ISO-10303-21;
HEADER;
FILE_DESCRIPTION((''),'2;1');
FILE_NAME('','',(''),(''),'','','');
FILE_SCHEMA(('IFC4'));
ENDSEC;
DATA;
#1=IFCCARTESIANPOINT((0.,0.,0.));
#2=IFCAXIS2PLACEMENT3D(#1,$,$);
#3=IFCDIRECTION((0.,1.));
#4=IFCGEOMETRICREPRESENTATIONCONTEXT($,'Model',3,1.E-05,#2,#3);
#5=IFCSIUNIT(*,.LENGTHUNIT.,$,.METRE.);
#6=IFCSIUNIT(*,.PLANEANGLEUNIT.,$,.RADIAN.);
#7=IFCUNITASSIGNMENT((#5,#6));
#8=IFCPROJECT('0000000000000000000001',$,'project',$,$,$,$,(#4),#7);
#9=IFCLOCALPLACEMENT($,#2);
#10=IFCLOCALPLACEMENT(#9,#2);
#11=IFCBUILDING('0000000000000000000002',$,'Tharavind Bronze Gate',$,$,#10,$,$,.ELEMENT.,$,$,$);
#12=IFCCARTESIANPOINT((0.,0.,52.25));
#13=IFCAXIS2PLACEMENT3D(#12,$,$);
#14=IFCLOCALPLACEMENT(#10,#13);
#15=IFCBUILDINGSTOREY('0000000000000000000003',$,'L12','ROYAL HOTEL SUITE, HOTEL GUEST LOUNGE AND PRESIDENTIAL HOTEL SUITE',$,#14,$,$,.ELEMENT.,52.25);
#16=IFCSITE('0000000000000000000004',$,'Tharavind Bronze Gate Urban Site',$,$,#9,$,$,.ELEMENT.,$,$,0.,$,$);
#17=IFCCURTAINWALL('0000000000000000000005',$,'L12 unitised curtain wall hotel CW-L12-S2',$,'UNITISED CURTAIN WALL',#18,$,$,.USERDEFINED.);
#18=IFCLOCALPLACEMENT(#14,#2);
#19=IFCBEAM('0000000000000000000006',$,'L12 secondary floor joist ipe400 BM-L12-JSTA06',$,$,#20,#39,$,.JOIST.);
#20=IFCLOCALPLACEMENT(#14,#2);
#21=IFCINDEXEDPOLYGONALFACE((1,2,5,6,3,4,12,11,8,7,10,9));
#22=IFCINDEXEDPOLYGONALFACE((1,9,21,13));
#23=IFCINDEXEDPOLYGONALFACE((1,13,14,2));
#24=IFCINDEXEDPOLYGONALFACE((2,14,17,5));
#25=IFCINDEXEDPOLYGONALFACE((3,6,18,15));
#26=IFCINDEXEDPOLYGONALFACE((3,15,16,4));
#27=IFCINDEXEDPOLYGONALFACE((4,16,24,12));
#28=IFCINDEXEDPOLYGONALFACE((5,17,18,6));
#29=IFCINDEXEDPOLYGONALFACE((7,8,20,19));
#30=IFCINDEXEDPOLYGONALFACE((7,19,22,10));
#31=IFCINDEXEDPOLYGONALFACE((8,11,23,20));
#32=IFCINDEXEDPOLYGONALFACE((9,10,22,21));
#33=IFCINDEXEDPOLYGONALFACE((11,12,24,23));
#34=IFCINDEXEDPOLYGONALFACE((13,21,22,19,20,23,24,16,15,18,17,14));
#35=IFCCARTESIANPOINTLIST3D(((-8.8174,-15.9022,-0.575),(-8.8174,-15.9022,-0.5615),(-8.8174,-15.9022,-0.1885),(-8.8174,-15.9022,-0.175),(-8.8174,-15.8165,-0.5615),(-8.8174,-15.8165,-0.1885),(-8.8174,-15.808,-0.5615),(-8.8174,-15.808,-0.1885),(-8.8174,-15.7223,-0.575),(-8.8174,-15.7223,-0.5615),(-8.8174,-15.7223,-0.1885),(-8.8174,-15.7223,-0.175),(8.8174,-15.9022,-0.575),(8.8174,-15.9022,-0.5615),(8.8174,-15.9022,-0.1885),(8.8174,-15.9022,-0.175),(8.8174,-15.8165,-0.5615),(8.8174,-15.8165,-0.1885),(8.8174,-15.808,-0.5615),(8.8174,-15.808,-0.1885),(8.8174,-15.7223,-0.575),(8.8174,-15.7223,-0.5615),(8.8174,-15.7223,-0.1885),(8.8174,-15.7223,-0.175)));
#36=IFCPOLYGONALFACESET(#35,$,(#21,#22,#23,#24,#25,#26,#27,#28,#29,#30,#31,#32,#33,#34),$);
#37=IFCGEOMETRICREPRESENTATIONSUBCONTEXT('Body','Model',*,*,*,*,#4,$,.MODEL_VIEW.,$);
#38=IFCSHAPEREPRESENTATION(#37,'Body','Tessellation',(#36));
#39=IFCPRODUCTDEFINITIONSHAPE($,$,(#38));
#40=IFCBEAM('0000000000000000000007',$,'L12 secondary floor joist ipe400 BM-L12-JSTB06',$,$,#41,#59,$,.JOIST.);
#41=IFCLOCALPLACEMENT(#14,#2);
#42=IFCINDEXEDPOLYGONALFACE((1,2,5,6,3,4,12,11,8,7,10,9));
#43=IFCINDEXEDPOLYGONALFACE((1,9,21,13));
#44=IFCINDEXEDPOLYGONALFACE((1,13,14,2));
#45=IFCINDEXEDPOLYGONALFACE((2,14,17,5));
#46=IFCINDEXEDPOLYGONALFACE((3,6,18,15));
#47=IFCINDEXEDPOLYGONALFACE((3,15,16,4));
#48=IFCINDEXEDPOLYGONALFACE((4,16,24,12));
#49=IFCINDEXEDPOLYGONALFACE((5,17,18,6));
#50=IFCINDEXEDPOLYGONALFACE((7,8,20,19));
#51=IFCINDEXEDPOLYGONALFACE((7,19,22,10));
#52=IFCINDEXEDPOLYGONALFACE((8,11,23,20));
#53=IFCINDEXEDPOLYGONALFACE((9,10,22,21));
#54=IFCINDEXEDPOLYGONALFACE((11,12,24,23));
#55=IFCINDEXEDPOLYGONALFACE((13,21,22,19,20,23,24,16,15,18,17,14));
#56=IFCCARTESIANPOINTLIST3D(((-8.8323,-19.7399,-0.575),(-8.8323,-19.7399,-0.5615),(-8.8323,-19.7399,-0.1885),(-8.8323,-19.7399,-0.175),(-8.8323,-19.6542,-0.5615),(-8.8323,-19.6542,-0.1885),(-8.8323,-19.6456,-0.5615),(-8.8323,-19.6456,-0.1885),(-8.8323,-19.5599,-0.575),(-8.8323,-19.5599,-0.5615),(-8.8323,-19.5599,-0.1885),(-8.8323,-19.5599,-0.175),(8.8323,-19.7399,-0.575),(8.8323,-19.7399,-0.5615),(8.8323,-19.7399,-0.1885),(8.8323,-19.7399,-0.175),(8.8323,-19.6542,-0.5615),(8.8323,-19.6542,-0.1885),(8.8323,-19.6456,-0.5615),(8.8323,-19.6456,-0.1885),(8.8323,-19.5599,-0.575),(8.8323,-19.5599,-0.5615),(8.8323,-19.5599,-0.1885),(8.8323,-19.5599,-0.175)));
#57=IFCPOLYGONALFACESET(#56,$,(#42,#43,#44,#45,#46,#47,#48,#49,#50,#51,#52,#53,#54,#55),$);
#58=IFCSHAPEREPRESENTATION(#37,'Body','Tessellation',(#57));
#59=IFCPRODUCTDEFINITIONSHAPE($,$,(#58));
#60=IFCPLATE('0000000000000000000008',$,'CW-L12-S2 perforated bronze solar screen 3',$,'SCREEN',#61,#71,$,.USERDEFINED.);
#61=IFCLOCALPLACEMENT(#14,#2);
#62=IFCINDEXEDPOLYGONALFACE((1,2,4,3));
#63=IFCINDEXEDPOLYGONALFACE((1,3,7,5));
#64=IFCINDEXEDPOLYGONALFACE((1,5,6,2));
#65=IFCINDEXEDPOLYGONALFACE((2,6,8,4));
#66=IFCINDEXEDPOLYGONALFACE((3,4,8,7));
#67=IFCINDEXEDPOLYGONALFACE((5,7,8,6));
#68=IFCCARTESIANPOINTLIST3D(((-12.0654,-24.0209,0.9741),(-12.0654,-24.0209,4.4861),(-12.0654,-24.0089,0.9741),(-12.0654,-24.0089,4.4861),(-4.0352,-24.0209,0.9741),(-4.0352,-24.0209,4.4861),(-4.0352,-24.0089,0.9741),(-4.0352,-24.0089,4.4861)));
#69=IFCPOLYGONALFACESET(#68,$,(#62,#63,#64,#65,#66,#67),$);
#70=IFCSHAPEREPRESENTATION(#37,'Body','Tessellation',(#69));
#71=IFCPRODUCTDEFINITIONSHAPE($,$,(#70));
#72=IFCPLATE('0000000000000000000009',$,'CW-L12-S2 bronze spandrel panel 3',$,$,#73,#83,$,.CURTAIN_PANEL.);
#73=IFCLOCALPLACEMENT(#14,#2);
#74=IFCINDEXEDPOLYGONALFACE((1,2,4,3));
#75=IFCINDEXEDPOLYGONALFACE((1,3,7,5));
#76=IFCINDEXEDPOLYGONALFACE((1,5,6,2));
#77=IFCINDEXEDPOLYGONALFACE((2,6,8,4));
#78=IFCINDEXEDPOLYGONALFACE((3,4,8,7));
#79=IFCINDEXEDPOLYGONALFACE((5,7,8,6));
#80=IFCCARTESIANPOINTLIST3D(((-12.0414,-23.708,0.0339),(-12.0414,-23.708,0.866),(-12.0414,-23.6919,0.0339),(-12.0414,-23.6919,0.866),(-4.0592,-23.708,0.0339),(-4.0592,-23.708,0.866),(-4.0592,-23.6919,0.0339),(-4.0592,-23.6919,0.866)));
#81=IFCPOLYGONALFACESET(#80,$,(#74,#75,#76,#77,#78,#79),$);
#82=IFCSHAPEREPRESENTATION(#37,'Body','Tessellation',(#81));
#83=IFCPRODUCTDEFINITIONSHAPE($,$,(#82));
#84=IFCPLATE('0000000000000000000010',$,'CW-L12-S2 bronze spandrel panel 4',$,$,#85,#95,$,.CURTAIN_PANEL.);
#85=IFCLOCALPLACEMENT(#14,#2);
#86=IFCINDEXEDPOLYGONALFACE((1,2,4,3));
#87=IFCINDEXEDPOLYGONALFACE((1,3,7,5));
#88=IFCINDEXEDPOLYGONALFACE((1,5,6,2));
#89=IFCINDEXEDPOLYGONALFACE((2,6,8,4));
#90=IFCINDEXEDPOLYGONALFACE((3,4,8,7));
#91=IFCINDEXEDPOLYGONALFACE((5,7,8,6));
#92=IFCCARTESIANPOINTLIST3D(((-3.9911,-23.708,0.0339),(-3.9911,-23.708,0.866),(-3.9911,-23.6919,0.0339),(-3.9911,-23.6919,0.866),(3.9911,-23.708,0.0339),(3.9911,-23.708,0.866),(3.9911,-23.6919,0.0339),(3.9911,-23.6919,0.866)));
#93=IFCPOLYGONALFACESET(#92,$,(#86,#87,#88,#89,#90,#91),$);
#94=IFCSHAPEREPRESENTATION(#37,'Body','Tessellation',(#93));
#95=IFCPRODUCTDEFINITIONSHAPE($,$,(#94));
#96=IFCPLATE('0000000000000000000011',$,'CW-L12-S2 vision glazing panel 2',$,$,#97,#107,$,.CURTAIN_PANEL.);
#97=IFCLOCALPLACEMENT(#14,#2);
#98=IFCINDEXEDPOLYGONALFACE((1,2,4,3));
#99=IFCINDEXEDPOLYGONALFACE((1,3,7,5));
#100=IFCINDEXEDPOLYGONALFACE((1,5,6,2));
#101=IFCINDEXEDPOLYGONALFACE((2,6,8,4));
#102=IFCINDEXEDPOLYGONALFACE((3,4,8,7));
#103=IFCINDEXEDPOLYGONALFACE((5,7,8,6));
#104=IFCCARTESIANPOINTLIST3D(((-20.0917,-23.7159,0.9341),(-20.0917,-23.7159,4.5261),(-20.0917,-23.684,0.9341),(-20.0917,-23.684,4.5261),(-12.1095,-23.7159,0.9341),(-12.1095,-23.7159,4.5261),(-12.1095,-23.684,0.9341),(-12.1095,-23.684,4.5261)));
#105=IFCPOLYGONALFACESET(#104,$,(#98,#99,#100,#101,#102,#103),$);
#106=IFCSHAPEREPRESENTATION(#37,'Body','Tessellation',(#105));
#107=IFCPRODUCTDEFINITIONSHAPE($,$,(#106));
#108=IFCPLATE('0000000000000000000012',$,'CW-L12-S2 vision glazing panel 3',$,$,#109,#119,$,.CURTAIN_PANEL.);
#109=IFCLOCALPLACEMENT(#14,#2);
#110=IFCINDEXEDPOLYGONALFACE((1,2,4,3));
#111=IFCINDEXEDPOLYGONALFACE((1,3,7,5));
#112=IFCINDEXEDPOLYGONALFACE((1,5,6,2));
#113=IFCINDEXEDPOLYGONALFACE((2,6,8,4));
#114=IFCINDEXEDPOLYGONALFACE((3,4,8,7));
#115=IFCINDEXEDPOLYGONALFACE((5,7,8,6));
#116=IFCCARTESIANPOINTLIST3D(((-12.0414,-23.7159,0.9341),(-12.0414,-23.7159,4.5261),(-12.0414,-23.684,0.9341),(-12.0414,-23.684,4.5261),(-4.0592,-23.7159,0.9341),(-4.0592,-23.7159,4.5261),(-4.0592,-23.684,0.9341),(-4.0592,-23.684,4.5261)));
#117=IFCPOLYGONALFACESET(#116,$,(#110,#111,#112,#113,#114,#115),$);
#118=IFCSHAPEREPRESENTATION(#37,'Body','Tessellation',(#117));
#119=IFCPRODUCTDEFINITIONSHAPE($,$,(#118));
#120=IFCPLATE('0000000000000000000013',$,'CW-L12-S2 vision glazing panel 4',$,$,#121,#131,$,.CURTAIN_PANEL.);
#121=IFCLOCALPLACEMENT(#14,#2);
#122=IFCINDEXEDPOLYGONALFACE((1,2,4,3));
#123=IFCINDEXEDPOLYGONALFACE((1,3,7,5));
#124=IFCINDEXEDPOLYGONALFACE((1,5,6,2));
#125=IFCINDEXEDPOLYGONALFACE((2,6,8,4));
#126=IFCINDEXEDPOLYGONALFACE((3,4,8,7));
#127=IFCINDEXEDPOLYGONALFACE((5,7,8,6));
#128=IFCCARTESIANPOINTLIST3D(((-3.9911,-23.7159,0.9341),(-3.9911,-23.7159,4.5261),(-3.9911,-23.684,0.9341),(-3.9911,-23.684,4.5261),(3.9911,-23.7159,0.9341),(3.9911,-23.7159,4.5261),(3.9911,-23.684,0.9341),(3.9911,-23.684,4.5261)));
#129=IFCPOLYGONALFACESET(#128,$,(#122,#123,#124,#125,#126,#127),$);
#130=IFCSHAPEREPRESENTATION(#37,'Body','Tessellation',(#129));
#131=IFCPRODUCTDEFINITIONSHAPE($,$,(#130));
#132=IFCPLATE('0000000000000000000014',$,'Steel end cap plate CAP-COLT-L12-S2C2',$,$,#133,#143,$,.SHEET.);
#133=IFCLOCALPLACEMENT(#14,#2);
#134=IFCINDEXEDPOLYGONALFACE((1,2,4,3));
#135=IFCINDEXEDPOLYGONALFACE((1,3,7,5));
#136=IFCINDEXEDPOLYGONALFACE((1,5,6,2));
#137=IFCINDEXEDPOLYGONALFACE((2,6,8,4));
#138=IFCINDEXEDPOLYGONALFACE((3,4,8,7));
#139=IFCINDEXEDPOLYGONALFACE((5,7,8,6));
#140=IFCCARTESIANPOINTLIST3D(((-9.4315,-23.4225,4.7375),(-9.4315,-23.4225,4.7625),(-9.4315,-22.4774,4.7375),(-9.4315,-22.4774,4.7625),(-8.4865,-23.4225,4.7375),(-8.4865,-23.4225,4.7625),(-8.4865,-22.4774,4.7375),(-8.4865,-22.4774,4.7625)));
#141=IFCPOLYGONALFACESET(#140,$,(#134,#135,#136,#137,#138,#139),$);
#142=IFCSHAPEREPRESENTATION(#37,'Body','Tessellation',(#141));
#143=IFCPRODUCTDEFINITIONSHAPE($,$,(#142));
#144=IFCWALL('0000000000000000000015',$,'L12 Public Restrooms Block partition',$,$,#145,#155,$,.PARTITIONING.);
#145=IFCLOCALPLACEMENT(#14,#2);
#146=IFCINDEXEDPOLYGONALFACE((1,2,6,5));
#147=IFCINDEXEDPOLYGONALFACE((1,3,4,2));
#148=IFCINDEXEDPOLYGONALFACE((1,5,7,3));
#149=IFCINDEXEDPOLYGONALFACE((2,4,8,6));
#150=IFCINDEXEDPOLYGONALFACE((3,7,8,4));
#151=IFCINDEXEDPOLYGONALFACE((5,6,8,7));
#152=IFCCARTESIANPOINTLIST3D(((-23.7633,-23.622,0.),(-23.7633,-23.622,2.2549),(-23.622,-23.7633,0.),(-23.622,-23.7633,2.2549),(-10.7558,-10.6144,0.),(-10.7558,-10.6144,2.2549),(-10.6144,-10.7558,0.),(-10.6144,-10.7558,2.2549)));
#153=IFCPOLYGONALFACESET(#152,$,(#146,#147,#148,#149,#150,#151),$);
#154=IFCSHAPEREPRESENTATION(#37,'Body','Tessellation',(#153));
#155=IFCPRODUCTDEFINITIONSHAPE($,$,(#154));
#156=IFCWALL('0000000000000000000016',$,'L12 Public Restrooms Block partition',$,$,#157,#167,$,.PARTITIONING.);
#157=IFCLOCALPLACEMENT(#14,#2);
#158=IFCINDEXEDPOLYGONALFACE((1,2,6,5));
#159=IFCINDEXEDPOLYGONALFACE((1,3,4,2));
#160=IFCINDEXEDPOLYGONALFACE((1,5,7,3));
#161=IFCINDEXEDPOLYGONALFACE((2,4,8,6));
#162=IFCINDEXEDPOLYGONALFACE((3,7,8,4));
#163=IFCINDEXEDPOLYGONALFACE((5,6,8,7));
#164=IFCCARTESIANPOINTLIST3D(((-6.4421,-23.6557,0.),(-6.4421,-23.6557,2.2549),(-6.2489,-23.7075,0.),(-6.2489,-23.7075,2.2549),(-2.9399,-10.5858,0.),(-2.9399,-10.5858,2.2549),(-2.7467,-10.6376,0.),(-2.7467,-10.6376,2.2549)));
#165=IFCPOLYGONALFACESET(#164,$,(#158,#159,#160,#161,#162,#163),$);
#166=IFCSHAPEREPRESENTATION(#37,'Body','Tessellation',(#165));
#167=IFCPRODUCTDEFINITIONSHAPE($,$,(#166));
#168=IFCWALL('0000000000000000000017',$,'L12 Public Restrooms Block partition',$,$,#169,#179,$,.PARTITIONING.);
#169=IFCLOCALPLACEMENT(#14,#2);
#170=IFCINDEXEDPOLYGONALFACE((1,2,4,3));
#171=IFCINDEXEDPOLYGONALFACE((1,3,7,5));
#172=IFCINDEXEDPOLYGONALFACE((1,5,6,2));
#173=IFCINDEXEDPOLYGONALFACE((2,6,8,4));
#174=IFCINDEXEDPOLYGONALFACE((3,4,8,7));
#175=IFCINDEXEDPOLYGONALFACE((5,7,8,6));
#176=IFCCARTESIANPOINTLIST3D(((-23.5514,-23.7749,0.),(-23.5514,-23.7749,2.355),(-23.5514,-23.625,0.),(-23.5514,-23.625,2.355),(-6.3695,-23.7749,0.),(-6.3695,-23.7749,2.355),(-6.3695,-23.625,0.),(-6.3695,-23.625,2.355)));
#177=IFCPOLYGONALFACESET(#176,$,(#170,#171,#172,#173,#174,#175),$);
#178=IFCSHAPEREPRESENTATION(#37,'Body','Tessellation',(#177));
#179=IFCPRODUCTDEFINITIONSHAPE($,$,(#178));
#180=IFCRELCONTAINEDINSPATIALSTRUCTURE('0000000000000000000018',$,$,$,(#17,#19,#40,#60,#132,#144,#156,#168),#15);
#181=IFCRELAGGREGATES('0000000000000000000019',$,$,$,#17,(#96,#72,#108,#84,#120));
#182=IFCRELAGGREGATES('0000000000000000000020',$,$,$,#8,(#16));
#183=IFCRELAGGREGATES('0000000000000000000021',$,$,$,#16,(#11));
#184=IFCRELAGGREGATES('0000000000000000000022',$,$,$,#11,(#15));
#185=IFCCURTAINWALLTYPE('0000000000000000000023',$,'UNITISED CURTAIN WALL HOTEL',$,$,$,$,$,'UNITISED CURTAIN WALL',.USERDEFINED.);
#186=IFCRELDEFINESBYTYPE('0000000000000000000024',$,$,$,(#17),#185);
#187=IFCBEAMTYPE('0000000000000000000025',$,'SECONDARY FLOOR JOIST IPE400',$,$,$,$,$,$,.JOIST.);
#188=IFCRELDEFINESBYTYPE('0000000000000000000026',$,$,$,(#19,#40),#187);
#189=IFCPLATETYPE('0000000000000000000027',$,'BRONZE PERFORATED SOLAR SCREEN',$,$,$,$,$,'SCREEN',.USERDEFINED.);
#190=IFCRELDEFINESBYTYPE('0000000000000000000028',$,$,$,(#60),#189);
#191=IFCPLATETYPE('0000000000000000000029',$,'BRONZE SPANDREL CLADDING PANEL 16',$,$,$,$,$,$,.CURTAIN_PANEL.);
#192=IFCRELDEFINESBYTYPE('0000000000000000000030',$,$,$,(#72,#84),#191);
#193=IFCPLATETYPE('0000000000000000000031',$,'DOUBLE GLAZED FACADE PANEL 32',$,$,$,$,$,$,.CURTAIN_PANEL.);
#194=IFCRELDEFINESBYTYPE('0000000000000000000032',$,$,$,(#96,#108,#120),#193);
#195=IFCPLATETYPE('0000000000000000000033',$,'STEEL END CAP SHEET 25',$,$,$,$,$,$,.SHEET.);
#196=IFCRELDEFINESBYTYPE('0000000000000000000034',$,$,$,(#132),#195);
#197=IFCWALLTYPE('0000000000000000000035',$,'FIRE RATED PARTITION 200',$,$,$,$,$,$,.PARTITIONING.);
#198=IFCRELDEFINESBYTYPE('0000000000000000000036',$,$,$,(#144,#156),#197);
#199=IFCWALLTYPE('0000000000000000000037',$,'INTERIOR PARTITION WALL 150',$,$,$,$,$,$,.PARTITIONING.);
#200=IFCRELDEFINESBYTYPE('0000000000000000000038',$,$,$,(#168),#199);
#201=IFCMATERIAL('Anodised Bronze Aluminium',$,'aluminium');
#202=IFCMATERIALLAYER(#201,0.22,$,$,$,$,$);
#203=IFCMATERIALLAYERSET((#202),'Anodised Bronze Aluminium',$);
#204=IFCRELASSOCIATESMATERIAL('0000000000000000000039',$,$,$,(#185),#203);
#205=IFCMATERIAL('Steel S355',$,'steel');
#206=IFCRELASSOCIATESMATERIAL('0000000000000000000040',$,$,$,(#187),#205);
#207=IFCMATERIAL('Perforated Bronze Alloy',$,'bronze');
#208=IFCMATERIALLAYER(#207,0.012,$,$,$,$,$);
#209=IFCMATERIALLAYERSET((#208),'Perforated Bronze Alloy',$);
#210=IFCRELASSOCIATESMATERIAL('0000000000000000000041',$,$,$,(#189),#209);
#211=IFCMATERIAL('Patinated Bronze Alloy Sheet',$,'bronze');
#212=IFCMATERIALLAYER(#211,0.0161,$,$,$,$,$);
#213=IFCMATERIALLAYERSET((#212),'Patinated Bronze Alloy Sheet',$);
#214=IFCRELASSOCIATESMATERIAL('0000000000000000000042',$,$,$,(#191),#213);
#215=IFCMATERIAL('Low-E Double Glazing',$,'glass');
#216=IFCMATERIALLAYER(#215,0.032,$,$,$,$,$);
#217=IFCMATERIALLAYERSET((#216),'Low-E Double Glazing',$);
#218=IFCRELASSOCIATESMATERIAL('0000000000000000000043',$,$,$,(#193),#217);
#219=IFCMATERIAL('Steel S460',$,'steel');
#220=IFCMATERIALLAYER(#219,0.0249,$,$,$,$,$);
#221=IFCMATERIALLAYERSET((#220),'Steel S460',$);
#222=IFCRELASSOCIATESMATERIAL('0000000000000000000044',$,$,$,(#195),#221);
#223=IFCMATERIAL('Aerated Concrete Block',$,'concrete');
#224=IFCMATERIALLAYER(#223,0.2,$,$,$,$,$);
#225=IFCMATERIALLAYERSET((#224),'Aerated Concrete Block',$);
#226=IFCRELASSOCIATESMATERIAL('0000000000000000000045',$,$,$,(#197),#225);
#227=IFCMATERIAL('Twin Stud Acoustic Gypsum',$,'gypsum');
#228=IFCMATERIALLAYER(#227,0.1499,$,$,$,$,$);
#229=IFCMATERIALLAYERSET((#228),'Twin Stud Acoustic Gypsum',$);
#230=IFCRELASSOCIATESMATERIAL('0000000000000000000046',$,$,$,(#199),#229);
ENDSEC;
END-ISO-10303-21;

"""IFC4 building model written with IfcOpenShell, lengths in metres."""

from ifc_helpers import new_model, si_unit, direction, frame, frame_2d, origin, origin_2d, place, context, subcontext, project, spatial, rectangle, i_section, extrude, material, layer, layer_set, material_profile, profile_set, type_object, element, aggregate, save


model = new_model("IFC4")

# Units and contexts
model_context = context("Model", 3, precision=1e-05, world=origin(), true_north=direction((0.0, 1.0)))
body_context = subcontext(model_context, "Body", "Model", "MODEL_VIEW")
ifc_project = project(units=[si_unit("LENGTHUNIT", "METRE"), si_unit("PLANEANGLEUNIT", "RADIAN")], contexts=[model_context])

# Site, building, storey
site_placement = place(None, origin())
site = spatial("IfcSite", under=ifc_project, at=site_placement, Name="Tharavind Bronze Gate Urban Site", CompositionType="ELEMENT", RefElevation=0.0)
building_placement = place(site_placement, origin())
building = spatial("IfcBuilding", under=site, at=building_placement, Name="Tharavind Bronze Gate", CompositionType="ELEMENT")
storey_placement = place(building_placement, frame((0.0, 0.0, 52.25)))
storey = spatial("IfcBuildingStorey", under=building, at=storey_placement, Name="L12", Description="ROYAL HOTEL SUITE, HOTEL GUEST LOUNGE AND PRESIDENTIAL HOTEL SUITE", CompositionType="ELEMENT", Elevation=52.25)

# Shared definitions
ifc_material_1 = material(Name="Steel S460", Category="steel")

# Curtain wall
ifc_material_2 = material(Name="Anodised Bronze Aluminium", Category="aluminium")
ifc_layer_1 = layer(ifc_material_2, 0.22)
ifc_layer_set_1 = layer_set([ifc_layer_1], Name="Anodised Bronze Aluminium")
curtain_wall_type = type_object("IfcCurtainWallType", Name="UNITISED CURTAIN WALL HOTEL", ElementType="UNITISED CURTAIN WALL", PredefinedType="USERDEFINED", material=ifc_layer_set_1)
curtain_wall_placement = place(storey_placement, origin())
curtain_wall = element("IfcCurtainWall", 1, at=curtain_wall_placement, inside=storey, type_object=curtain_wall_type, Name="L12 unitised curtain wall hotel CW-L12-S2", ObjectType="UNITISED CURTAIN WALL", PredefinedType="USERDEFINED")

# Beams
ifc_material_3 = material(Name="Steel S355", Category="steel")
ifc_material_profile_1 = material_profile(ifc_material_3, i_section(OverallWidth=0.1799, OverallDepth=0.3999, WebThickness=0.0085, FlangeThickness=0.0134, at=origin_2d()), Name="IPE400")
ifc_profile_set_1 = profile_set([ifc_material_profile_1], Name="Steel S355")
beam_type_1 = type_object("IfcBeamType", Name="SECONDARY FLOOR JOIST IPE400", PredefinedType="JOIST", material=ifc_profile_set_1)
beam_1_placement = place(storey_placement, frame((-8.8174, -15.8123, -0.375), z_axis=(1.0, 0.0, 0.0), x_axis=(0.0, 1.0, 0.0)))
element("IfcBeam", 2, at=beam_1_placement, inside=storey, type_object=beam_type_1, Name="L12 secondary floor joist ipe400 BM-L12-JSTA06", PredefinedType="JOIST", context=body_context, shape_type="SweptSolid", body=[
    extrude(i_section(OverallWidth=0.1799, OverallDepth=0.3999, WebThickness=0.0085, FlangeThickness=0.0134, at=origin_2d()), origin(), (0.0, 0.0, 1.0), 17.6348),
])
beam_2_placement = place(storey_placement, frame((-8.8323, -19.6499, -0.375), z_axis=(1.0, 0.0, 0.0), x_axis=(0.0, 1.0, 0.0)))
element("IfcBeam", 3, at=beam_2_placement, inside=storey, type_object=beam_type_1, Name="L12 secondary floor joist ipe400 BM-L12-JSTB06", PredefinedType="JOIST", context=body_context, shape_type="SweptSolid", body=[
    extrude(i_section(OverallWidth=0.1799, OverallDepth=0.3999, WebThickness=0.0085, FlangeThickness=0.0134, at=origin_2d()), origin(), (0.0, 0.0, 1.0), 17.6646),
])

# Plates
ifc_material_4 = material(Name="Perforated Bronze Alloy", Category="bronze")
ifc_layer_2 = layer(ifc_material_4, 0.012)
ifc_layer_set_2 = layer_set([ifc_layer_2], Name="Perforated Bronze Alloy")
plate_type_1 = type_object("IfcPlateType", Name="BRONZE PERFORATED SOLAR SCREEN", ElementType="SCREEN", PredefinedType="USERDEFINED", material=ifc_layer_set_2)
plate_1_placement = place(storey_placement, frame((-8.0503, -24.0149, 0.9741), z_axis=(0.0, 0.0, 1.0), x_axis=(1.0, 0.0, 0.0)))
element("IfcPlate", 4, at=plate_1_placement, inside=storey, type_object=plate_type_1, Name="CW-L12-S2 perforated bronze solar screen 3", ObjectType="SCREEN", PredefinedType="USERDEFINED", context=body_context, shape_type="SweptSolid", body=[
    extrude(rectangle(XDim=8.0303, YDim=0.012, at=origin_2d()), origin(), (0.0, 0.0, 1.0), 3.512),
])
ifc_material_5 = material(Name="Patinated Bronze Alloy Sheet", Category="bronze")
ifc_layer_3 = layer(ifc_material_5, 0.0161)
ifc_layer_set_3 = layer_set([ifc_layer_3], Name="Patinated Bronze Alloy Sheet")
plate_type_2 = type_object("IfcPlateType", Name="BRONZE SPANDREL CLADDING PANEL 16", PredefinedType="CURTAIN_PANEL", material=ifc_layer_set_3)
plate_2_placement = place(storey_placement, frame((-8.0503, -23.7, 0.0339), z_axis=(0.0, 0.0, 1.0), x_axis=(1.0, 0.0, 0.0)))
plate_2 = element("IfcPlate", 5, at=plate_2_placement, type_object=plate_type_2, Name="CW-L12-S2 bronze spandrel panel 3", PredefinedType="CURTAIN_PANEL", context=body_context, shape_type="SweptSolid", body=[
    extrude(rectangle(XDim=7.9822, YDim=0.0161, at=origin_2d()), origin(), (0.0, 0.0, 1.0), 0.832),
])
plate_3_placement = place(storey_placement, frame((0.0, -23.7, 0.0339), z_axis=(0.0, 0.0, 1.0), x_axis=(1.0, 0.0, 0.0)))
plate_3 = element("IfcPlate", 6, at=plate_3_placement, type_object=plate_type_2, Name="CW-L12-S2 bronze spandrel panel 4", PredefinedType="CURTAIN_PANEL", context=body_context, shape_type="SweptSolid", body=[
    extrude(rectangle(XDim=7.9822, YDim=0.0161, at=origin_2d()), origin(), (0.0, 0.0, 1.0), 0.832),
])
ifc_material_6 = material(Name="Low-E Double Glazing", Category="glass")
ifc_layer_4 = layer(ifc_material_6, 0.032)
ifc_layer_set_4 = layer_set([ifc_layer_4], Name="Low-E Double Glazing")
plate_type_3 = type_object("IfcPlateType", Name="DOUBLE GLAZED FACADE PANEL 32", PredefinedType="CURTAIN_PANEL", material=ifc_layer_set_4)
plate_4_placement = place(storey_placement, frame((-16.1006, -23.7, 0.9341), z_axis=(0.0, 0.0, 1.0), x_axis=(1.0, 0.0, 0.0)))
plate_4 = element("IfcPlate", 7, at=plate_4_placement, type_object=plate_type_3, Name="CW-L12-S2 vision glazing panel 2", PredefinedType="CURTAIN_PANEL", context=body_context, shape_type="SweptSolid", body=[
    extrude(rectangle(XDim=7.9822, YDim=0.032, at=origin_2d()), origin(), (0.0, 0.0, 1.0), 3.592),
])
plate_5_placement = place(storey_placement, frame((-8.0503, -23.7, 0.9341), z_axis=(0.0, 0.0, 1.0), x_axis=(1.0, 0.0, 0.0)))
plate_5 = element("IfcPlate", 8, at=plate_5_placement, type_object=plate_type_3, Name="CW-L12-S2 vision glazing panel 3", PredefinedType="CURTAIN_PANEL", context=body_context, shape_type="SweptSolid", body=[
    extrude(rectangle(XDim=7.9822, YDim=0.032, at=origin_2d()), origin(), (0.0, 0.0, 1.0), 3.592),
])
plate_6_placement = place(storey_placement, frame((0.0, -23.7, 0.9341), z_axis=(0.0, 0.0, 1.0), x_axis=(1.0, 0.0, 0.0)))
plate_6 = element("IfcPlate", 9, at=plate_6_placement, type_object=plate_type_3, Name="CW-L12-S2 vision glazing panel 4", PredefinedType="CURTAIN_PANEL", context=body_context, shape_type="SweptSolid", body=[
    extrude(rectangle(XDim=7.9822, YDim=0.032, at=origin_2d()), origin(), (0.0, 0.0, 1.0), 3.592),
])
aggregate(curtain_wall, [plate_4, plate_2, plate_5, plate_3, plate_6])
ifc_layer_5 = layer(ifc_material_1, 0.0249)
ifc_layer_set_5 = layer_set([ifc_layer_5], Name="Steel S460")
plate_type_4 = type_object("IfcPlateType", Name="STEEL END CAP SHEET 25", PredefinedType="SHEET", material=ifc_layer_set_5)
plate_7_placement = place(storey_placement, frame((-8.959, -22.95, 4.7375), z_axis=(0.0, 0.0, 1.0), x_axis=(1.0, 0.0, 0.0)))
element("IfcPlate", 10, at=plate_7_placement, inside=storey, type_object=plate_type_4, Name="Steel end cap plate CAP-COLT-L12-S2C2", PredefinedType="SHEET", context=body_context, shape_type="SweptSolid", body=[
    extrude(rectangle(XDim=0.9451, YDim=0.9451, at=origin_2d()), origin(), (0.0, 0.0, 1.0), 0.0249),
])

# Walls
ifc_material_7 = material(Name="Aerated Concrete Block", Category="concrete")
ifc_layer_6 = layer(ifc_material_7, 0.2)
ifc_layer_set_6 = layer_set([ifc_layer_6], Name="Aerated Concrete Block")
wall_type_1 = type_object("IfcWallType", Name="FIRE RATED PARTITION 200", PredefinedType="PARTITIONING", material=ifc_layer_set_6)
wall_1_placement = place(storey_placement, frame((-10.6851, -10.6851, 0.0), z_axis=(0.0, 0.0, 1.0), x_axis=(-0.707107, -0.707107, 0.0)))
element("IfcWall", 11, at=wall_1_placement, inside=storey, type_object=wall_type_1, Name="L12 Public Restrooms Block partition", PredefinedType="PARTITIONING", context=body_context, shape_type="SweptSolid", body=[
    extrude(rectangle(XDim=18.3955, YDim=0.2, at=frame_2d((9.1978, 0.0))), origin(), (0.0, 0.0, 1.0), 2.2549),
])
wall_2_placement = place(storey_placement, frame((-2.8433, -10.6116, 0.0), z_axis=(0.0, 0.0, 1.0), x_axis=(-0.258829, -0.965923, 0.0)))
element("IfcWall", 12, at=wall_2_placement, inside=storey, type_object=wall_type_1, Name="L12 Public Restrooms Block partition", PredefinedType="PARTITIONING", context=body_context, shape_type="SweptSolid", body=[
    extrude(rectangle(XDim=13.531, YDim=0.2, at=frame_2d((6.7656, 0.0))), origin(), (0.0, 0.0, 1.0), 2.2549),
])
ifc_material_8 = material(Name="Twin Stud Acoustic Gypsum", Category="gypsum")
ifc_layer_7 = layer(ifc_material_8, 0.1499)
ifc_layer_set_7 = layer_set([ifc_layer_7], Name="Twin Stud Acoustic Gypsum")
wall_type_2 = type_object("IfcWallType", Name="INTERIOR PARTITION WALL 150", PredefinedType="PARTITIONING", material=ifc_layer_set_7)
wall_3_placement = place(storey_placement, frame((-6.3696, -23.7, 0.0), z_axis=(0.0, 0.0, 1.0), x_axis=(-1.0, 0.0, 0.0)))
element("IfcWall", 13, at=wall_3_placement, inside=storey, type_object=wall_type_2, Name="L12 Public Restrooms Block partition", PredefinedType="PARTITIONING", context=body_context, shape_type="SweptSolid", body=[
    extrude(rectangle(XDim=17.1819, YDim=0.1499, at=frame_2d((8.5908, 0.0))), origin(), (0.0, 0.0, 1.0), 2.355),
])

save(model, "model.ifc")
